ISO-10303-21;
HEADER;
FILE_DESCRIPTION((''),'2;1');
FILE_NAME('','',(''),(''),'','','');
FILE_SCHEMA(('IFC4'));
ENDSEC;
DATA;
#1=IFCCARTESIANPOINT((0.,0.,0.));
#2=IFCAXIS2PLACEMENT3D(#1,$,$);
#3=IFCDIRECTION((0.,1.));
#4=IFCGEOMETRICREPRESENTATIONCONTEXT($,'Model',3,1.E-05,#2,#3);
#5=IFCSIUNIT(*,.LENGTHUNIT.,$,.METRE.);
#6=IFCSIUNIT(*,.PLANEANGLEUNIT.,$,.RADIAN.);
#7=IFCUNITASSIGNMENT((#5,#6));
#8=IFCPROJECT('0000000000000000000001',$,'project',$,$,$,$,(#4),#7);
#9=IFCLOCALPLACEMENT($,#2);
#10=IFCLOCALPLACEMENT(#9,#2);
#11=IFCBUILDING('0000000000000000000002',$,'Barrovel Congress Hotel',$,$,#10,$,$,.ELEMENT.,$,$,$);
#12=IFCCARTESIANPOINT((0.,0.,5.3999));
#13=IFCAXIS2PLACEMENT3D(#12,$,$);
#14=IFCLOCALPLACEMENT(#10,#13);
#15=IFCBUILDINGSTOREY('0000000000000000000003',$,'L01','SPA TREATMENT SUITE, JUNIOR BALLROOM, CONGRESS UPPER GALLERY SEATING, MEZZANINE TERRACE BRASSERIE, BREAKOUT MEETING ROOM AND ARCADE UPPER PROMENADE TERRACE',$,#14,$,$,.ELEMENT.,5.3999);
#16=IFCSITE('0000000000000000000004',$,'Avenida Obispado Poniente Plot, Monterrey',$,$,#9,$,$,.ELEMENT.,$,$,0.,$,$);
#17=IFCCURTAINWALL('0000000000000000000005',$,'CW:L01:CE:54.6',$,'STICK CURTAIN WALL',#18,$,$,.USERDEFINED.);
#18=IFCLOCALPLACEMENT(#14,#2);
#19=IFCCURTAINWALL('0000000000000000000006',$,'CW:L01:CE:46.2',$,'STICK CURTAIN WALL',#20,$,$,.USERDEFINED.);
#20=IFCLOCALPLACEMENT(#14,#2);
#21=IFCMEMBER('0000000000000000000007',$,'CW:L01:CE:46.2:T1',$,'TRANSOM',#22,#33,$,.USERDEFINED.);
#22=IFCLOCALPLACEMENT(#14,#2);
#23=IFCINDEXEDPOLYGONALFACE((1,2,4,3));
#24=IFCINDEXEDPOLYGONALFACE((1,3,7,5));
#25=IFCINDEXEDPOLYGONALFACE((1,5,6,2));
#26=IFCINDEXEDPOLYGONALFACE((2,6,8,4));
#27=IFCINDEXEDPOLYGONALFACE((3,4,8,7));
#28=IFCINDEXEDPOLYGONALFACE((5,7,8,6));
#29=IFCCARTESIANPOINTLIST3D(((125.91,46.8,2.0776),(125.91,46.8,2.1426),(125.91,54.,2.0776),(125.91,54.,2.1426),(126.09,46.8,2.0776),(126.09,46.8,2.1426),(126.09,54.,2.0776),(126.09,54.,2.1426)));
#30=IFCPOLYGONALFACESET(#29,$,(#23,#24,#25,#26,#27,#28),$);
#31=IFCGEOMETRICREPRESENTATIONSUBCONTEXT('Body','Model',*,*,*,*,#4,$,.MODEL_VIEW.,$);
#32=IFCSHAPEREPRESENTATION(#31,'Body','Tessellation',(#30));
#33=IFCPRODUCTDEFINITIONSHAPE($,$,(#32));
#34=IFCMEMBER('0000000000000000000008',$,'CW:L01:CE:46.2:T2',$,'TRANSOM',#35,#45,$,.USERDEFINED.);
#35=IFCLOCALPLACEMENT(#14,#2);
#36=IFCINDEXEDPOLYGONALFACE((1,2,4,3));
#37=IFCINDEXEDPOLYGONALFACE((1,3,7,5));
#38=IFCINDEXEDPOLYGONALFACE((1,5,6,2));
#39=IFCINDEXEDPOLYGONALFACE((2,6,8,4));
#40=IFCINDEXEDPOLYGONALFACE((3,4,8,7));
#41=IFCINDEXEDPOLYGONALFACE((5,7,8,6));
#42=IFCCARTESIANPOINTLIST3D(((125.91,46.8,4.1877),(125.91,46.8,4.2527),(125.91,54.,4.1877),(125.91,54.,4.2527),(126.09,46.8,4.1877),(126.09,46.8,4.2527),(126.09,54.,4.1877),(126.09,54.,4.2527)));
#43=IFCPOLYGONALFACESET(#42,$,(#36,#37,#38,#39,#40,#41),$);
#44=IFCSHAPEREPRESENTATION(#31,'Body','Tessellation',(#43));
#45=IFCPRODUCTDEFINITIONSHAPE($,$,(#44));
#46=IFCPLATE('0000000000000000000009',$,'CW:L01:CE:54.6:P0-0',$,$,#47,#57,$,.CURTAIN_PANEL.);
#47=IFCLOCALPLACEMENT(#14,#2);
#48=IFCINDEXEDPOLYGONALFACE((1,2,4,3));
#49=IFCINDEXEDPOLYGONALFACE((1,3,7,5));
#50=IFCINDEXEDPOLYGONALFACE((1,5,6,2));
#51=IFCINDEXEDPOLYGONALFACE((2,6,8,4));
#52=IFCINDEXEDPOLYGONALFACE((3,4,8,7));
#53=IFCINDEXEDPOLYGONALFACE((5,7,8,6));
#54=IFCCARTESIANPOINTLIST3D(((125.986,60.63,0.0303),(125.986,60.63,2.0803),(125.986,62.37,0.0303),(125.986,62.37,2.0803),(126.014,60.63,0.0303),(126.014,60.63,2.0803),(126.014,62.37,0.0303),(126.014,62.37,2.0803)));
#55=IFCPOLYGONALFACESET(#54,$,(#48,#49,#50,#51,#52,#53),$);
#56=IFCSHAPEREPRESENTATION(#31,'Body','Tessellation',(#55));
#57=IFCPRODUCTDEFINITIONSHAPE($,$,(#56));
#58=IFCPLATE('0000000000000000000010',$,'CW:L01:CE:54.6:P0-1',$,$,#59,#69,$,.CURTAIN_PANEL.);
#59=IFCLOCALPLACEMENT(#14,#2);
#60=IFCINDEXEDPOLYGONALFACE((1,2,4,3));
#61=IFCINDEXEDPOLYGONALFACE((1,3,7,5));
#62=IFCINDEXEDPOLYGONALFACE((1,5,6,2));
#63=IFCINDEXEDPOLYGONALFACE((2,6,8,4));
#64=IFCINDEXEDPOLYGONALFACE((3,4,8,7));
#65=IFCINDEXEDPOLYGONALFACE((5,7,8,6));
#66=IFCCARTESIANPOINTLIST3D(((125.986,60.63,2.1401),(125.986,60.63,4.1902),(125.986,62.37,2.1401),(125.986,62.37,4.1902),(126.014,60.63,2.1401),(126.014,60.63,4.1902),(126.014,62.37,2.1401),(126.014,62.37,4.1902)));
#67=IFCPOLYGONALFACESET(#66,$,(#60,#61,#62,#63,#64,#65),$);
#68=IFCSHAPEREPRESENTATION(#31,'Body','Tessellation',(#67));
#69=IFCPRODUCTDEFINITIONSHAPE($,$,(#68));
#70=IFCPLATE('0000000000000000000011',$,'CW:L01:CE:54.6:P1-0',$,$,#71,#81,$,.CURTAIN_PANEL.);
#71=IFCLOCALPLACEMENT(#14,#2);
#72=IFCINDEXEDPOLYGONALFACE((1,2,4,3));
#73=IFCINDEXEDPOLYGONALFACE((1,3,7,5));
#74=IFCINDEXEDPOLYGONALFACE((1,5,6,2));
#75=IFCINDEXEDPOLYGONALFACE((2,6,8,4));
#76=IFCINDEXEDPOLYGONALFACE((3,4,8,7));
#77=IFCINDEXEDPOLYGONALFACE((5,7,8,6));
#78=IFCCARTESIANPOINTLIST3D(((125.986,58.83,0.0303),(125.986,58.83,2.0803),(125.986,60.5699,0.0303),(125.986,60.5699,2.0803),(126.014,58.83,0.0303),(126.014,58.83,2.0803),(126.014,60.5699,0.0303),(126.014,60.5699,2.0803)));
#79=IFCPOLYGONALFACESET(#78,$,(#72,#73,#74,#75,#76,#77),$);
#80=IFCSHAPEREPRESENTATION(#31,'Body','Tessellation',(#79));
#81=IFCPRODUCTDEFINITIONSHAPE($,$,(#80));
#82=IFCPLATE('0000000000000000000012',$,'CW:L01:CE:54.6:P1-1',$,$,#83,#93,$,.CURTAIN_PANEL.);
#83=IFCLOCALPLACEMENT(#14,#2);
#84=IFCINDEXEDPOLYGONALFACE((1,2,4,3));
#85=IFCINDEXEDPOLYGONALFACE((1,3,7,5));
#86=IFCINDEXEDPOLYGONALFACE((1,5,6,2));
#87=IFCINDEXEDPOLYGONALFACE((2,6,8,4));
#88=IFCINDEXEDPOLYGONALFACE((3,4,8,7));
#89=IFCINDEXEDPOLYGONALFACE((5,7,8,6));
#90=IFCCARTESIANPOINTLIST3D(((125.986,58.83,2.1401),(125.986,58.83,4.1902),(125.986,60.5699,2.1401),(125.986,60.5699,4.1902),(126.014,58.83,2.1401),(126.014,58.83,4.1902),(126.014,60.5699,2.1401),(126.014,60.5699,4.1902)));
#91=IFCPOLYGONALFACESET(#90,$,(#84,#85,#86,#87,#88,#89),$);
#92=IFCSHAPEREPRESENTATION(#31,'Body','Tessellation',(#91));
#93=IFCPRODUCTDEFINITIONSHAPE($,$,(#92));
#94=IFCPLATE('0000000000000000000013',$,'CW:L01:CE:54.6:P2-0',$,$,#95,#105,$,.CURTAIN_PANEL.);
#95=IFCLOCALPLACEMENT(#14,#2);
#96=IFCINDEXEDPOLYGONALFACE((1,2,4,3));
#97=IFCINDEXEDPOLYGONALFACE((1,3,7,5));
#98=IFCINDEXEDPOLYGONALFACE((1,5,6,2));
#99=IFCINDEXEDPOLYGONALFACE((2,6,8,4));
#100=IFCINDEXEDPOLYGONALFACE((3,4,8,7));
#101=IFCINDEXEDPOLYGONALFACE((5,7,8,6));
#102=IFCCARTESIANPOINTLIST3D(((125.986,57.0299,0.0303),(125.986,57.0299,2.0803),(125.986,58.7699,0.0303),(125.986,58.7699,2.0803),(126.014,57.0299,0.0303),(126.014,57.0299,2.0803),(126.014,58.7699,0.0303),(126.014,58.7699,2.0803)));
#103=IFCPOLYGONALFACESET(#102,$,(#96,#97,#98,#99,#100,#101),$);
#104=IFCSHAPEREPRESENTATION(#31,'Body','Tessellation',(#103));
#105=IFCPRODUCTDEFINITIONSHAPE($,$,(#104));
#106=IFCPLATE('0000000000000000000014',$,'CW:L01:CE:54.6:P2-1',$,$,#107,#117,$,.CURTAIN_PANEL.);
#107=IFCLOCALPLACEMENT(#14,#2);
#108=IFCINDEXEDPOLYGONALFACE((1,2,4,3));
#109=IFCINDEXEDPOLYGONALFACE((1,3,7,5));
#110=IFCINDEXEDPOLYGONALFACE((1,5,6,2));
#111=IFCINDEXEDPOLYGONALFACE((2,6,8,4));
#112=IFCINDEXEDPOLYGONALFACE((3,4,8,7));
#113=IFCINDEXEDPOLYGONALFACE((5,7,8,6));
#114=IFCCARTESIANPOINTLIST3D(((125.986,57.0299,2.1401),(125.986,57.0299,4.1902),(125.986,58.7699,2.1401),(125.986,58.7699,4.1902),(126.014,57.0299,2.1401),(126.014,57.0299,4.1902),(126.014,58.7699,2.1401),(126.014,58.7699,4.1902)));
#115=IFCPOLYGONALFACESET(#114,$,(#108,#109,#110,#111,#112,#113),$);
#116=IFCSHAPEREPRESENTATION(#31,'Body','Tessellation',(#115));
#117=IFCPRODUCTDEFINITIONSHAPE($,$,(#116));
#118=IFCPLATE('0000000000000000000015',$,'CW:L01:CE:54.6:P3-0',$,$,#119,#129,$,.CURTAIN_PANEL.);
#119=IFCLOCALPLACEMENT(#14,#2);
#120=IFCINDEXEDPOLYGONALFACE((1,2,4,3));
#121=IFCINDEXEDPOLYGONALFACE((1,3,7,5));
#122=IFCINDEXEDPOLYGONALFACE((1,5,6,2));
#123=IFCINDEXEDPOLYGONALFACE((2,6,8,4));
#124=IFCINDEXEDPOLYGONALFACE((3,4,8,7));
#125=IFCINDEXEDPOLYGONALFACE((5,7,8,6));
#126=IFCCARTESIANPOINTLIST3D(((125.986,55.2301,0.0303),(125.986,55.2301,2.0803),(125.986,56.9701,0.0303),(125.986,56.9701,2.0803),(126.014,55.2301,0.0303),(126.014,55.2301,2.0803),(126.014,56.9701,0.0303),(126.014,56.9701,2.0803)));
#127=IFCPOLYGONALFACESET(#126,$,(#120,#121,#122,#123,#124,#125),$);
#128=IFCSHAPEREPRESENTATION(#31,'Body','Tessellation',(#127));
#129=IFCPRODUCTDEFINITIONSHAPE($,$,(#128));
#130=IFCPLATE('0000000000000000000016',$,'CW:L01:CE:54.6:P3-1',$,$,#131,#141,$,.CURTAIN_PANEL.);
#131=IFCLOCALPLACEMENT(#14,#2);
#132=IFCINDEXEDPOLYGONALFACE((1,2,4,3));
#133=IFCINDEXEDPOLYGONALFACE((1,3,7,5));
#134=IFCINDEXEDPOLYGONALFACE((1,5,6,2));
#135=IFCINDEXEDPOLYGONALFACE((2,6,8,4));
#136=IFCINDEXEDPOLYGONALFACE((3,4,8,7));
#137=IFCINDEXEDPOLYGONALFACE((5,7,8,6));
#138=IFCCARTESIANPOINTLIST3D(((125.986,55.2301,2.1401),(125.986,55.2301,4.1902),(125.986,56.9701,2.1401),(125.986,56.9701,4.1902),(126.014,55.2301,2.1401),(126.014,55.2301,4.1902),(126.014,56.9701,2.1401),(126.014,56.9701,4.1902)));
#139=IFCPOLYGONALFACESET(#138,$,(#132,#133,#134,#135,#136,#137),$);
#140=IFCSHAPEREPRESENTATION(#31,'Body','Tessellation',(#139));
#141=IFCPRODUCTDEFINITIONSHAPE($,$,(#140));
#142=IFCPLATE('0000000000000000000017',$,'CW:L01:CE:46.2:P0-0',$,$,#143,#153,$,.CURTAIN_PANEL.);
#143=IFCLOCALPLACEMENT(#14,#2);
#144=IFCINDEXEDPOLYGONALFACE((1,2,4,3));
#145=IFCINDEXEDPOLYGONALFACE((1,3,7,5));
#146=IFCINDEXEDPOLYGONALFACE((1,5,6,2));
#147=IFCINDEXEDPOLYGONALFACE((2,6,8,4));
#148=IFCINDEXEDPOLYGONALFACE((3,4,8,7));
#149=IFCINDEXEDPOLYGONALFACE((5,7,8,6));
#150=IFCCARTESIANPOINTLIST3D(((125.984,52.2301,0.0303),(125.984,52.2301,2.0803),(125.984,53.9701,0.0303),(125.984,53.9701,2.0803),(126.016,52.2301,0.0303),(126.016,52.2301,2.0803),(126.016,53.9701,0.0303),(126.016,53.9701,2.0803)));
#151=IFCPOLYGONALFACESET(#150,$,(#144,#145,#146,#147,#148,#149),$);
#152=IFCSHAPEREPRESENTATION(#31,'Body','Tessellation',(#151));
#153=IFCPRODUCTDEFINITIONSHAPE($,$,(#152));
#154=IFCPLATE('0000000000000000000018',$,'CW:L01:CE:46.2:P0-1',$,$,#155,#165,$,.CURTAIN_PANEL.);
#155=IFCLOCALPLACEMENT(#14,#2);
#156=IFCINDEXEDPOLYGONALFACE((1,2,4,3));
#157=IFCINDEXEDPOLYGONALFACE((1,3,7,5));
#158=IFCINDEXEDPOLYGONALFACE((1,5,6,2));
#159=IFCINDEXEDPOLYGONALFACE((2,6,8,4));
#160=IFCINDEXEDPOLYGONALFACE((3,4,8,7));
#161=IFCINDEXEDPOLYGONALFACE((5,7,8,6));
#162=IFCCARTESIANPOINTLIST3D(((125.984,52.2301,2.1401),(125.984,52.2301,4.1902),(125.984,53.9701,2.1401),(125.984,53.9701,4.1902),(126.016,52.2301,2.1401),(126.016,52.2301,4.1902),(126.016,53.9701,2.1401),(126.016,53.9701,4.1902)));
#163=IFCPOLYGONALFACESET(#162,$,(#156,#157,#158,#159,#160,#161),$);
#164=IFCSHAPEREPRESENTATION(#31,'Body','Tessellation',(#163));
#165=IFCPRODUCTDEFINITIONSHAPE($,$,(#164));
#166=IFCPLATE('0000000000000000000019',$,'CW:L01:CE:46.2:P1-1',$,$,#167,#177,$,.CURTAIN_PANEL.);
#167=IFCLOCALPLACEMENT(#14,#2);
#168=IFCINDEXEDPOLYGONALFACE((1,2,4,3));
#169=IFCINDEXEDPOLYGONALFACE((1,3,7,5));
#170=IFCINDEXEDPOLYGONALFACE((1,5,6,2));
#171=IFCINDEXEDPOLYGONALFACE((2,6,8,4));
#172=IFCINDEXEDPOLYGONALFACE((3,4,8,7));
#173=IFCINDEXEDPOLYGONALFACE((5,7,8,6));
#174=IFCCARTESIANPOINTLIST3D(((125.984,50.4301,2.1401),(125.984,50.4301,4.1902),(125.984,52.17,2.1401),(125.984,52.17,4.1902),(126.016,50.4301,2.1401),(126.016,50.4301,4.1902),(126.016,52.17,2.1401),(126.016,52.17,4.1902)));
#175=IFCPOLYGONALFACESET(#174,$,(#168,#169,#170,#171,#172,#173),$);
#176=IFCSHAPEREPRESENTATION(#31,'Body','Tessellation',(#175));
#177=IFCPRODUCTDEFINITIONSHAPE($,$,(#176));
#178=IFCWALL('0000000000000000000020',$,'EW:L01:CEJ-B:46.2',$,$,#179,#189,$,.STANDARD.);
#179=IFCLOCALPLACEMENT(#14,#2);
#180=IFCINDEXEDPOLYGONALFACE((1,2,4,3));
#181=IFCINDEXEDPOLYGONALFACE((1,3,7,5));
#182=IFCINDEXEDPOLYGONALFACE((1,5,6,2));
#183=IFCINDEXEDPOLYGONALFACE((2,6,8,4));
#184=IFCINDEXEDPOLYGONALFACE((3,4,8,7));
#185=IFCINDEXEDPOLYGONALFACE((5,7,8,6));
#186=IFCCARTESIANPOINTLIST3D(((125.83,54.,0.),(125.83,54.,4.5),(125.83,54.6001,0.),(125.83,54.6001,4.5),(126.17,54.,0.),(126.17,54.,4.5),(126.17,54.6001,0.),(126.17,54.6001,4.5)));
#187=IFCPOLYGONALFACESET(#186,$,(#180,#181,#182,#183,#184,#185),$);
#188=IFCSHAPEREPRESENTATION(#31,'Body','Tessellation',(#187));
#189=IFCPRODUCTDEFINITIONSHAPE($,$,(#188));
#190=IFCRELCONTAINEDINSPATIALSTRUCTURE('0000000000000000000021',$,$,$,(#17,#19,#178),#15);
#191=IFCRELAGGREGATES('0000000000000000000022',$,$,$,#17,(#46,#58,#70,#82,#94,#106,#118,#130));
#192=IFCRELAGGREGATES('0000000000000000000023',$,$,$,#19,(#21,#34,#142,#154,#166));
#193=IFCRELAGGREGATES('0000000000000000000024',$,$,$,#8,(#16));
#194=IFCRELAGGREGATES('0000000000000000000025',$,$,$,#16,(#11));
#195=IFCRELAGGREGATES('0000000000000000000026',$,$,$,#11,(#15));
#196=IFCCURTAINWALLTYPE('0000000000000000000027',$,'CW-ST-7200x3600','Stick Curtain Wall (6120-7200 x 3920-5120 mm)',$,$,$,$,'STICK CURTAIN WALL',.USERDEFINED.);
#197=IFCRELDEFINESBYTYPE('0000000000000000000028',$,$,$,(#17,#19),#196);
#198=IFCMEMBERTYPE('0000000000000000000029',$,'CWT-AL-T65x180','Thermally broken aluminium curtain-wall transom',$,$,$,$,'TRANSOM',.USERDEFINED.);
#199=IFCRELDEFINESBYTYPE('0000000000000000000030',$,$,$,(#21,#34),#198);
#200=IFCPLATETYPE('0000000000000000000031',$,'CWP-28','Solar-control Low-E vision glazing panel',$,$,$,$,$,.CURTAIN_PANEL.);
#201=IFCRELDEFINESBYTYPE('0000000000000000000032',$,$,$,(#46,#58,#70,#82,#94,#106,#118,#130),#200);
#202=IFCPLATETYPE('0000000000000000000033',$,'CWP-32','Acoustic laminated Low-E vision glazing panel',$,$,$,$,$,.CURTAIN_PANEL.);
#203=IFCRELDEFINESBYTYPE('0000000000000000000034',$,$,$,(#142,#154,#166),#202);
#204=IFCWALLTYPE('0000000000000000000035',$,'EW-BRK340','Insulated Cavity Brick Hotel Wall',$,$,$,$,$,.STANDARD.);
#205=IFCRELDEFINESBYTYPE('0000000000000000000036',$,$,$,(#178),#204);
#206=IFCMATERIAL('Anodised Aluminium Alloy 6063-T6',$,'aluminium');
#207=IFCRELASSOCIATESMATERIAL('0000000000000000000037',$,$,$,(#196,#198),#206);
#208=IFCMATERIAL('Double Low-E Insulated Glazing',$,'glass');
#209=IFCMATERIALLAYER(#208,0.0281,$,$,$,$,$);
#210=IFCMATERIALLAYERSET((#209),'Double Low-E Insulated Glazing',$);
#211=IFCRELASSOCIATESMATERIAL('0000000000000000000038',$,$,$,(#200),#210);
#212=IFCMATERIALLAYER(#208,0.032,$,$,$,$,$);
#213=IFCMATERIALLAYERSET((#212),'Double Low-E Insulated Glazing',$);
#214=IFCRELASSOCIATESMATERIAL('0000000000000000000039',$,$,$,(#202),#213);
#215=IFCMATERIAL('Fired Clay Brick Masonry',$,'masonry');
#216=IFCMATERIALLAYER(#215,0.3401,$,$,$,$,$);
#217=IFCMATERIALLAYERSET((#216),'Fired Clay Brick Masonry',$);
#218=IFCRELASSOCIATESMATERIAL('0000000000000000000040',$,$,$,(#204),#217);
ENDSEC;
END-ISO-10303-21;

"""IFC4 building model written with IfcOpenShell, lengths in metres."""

from ifc_helpers import new_model, si_unit, direction, frame, frame_2d, origin, origin_2d, place, context, subcontext, project, spatial, rectangle, extrude, material, layer, layer_set, material_profile, profile_set, type_object, element, aggregate, save


model = new_model("IFC4")

# Units and contexts
model_context = context("Model", 3, precision=1e-05, world=origin(), true_north=direction((0.0, 1.0)))
body_context = subcontext(model_context, "Body", "Model", "MODEL_VIEW")
ifc_project = project(units=[si_unit("LENGTHUNIT", "METRE"), si_unit("PLANEANGLEUNIT", "RADIAN")], contexts=[model_context])

# Site, building, storey
site_placement = place(None, origin())
site = spatial("IfcSite", under=ifc_project, at=site_placement, Name="Avenida Obispado Poniente Plot, Monterrey", CompositionType="ELEMENT", RefElevation=0.0)
building_placement = place(site_placement, origin())
building = spatial("IfcBuilding", under=site, at=building_placement, Name="Barrovel Congress Hotel", CompositionType="ELEMENT")
storey_placement = place(building_placement, frame((0.0, 0.0, 5.3999)))
storey = spatial("IfcBuildingStorey", under=building, at=storey_placement, Name="L01", Description="SPA TREATMENT SUITE, JUNIOR BALLROOM, CONGRESS UPPER GALLERY SEATING, MEZZANINE TERRACE BRASSERIE, BREAKOUT MEETING ROOM AND ARCADE UPPER PROMENADE TERRACE", CompositionType="ELEMENT", Elevation=5.3999)

# Curtain walls
ifc_material_1 = material(Name="Anodised Aluminium Alloy 6063-T6", Category="aluminium")
curtain_wall_type = type_object("IfcCurtainWallType", Name="CW-ST-7200x3600", Description="Stick Curtain Wall (6120-7200 x 3920-5120 mm)", ElementType="STICK CURTAIN WALL", PredefinedType="USERDEFINED", material=ifc_material_1)
curtain_wall_1_placement = place(storey_placement, origin())
curtain_wall_1 = element("IfcCurtainWall", 1, at=curtain_wall_1_placement, inside=storey, type_object=curtain_wall_type, Name="CW:L01:CE:54.6", ObjectType="STICK CURTAIN WALL", PredefinedType="USERDEFINED")
curtain_wall_2_placement = place(storey_placement, origin())
curtain_wall_2 = element("IfcCurtainWall", 2, at=curtain_wall_2_placement, inside=storey, type_object=curtain_wall_type, Name="CW:L01:CE:46.2", ObjectType="STICK CURTAIN WALL", PredefinedType="USERDEFINED")

# Members
ifc_material_profile_1 = material_profile(ifc_material_1, rectangle(XDim=0.1799, YDim=0.0649, at=origin_2d()), Name="AL-T65x180")
ifc_profile_set_1 = profile_set([ifc_material_profile_1], Name="Anodised Aluminium Alloy 6063-T6")
member_type_1 = type_object("IfcMemberType", Name="CWT-AL-T65x180", Description="Thermally broken aluminium curtain-wall transom", ElementType="TRANSOM", PredefinedType="USERDEFINED", material=ifc_profile_set_1)
member_1_placement = place(storey_placement, frame((126.0, 54.0, 2.1101), z_axis=(0.0, -1.0, 0.0), x_axis=(1.0, 0.0, 0.0)))
member_1 = element("IfcMember", 3, at=member_1_placement, type_object=member_type_1, Name="CW:L01:CE:46.2:T1", ObjectType="TRANSOM", PredefinedType="USERDEFINED", context=body_context, shape_type="SweptSolid", body=[
    extrude(rectangle(XDim=0.1799, YDim=0.0649, at=origin_2d()), origin(), (0.0, 0.0, 1.0), 7.2),
])
member_2_placement = place(storey_placement, frame((126.0, 54.0, 4.2202), z_axis=(0.0, -1.0, 0.0), x_axis=(1.0, 0.0, 0.0)))
member_2 = element("IfcMember", 4, at=member_2_placement, type_object=member_type_1, Name="CW:L01:CE:46.2:T2", ObjectType="TRANSOM", PredefinedType="USERDEFINED", context=body_context, shape_type="SweptSolid", body=[
    extrude(rectangle(XDim=0.1799, YDim=0.0649, at=origin_2d()), origin(), (0.0, 0.0, 1.0), 7.2),
])

# Plates
ifc_material_2 = material(Name="Double Low-E Insulated Glazing", Category="glass")
ifc_layer_1 = layer(ifc_material_2, 0.0281)
ifc_layer_set_1 = layer_set([ifc_layer_1], Name="Double Low-E Insulated Glazing")
plate_type_1 = type_object("IfcPlateType", Name="CWP-28", Description="Solar-control Low-E vision glazing panel", PredefinedType="CURTAIN_PANEL", material=ifc_layer_set_1)
plate_1_placement = place(storey_placement, frame((126.0, 61.5, 0.0303), z_axis=(0.0, 0.0, 1.0), x_axis=(0.0, -1.0, 0.0)))
plate_1 = element("IfcPlate", 5, at=plate_1_placement, type_object=plate_type_1, Name="CW:L01:CE:54.6:P0-0", PredefinedType="CURTAIN_PANEL", context=body_context, shape_type="SweptSolid", body=[
    extrude(rectangle(XDim=1.74, YDim=0.0281, at=origin_2d()), origin(), (0.0, 0.0, 1.0), 2.05),
])
plate_2_placement = place(storey_placement, frame((126.0, 61.5, 2.1401), z_axis=(0.0, 0.0, 1.0), x_axis=(0.0, -1.0, 0.0)))
plate_2 = element("IfcPlate", 6, at=plate_2_placement, type_object=plate_type_1, Name="CW:L01:CE:54.6:P0-1", PredefinedType="CURTAIN_PANEL", context=body_context, shape_type="SweptSolid", body=[
    extrude(rectangle(XDim=1.74, YDim=0.0281, at=origin_2d()), origin(), (0.0, 0.0, 1.0), 2.05),
])
plate_3_placement = place(storey_placement, frame((126.0, 59.7, 0.0303), z_axis=(0.0, 0.0, 1.0), x_axis=(0.0, -1.0, 0.0)))
plate_3 = element("IfcPlate", 7, at=plate_3_placement, type_object=plate_type_1, Name="CW:L01:CE:54.6:P1-0", PredefinedType="CURTAIN_PANEL", context=body_context, shape_type="SweptSolid", body=[
    extrude(rectangle(XDim=1.74, YDim=0.0281, at=origin_2d()), origin(), (0.0, 0.0, 1.0), 2.05),
])
plate_4_placement = place(storey_placement, frame((126.0, 59.7, 2.1401), z_axis=(0.0, 0.0, 1.0), x_axis=(0.0, -1.0, 0.0)))
plate_4 = element("IfcPlate", 8, at=plate_4_placement, type_object=plate_type_1, Name="CW:L01:CE:54.6:P1-1", PredefinedType="CURTAIN_PANEL", context=body_context, shape_type="SweptSolid", body=[
    extrude(rectangle(XDim=1.74, YDim=0.0281, at=origin_2d()), origin(), (0.0, 0.0, 1.0), 2.05),
])
plate_5_placement = place(storey_placement, frame((126.0, 57.8999, 0.0303), z_axis=(0.0, 0.0, 1.0), x_axis=(0.0, -1.0, 0.0)))
plate_5 = element("IfcPlate", 9, at=plate_5_placement, type_object=plate_type_1, Name="CW:L01:CE:54.6:P2-0", PredefinedType="CURTAIN_PANEL", context=body_context, shape_type="SweptSolid", body=[
    extrude(rectangle(XDim=1.74, YDim=0.0281, at=origin_2d()), origin(), (0.0, 0.0, 1.0), 2.05),
])
plate_6_placement = place(storey_placement, frame((126.0, 57.8999, 2.1401), z_axis=(0.0, 0.0, 1.0), x_axis=(0.0, -1.0, 0.0)))
plate_6 = element("IfcPlate", 10, at=plate_6_placement, type_object=plate_type_1, Name="CW:L01:CE:54.6:P2-1", PredefinedType="CURTAIN_PANEL", context=body_context, shape_type="SweptSolid", body=[
    extrude(rectangle(XDim=1.74, YDim=0.0281, at=origin_2d()), origin(), (0.0, 0.0, 1.0), 2.05),
])
plate_7_placement = place(storey_placement, frame((126.0, 56.1001, 0.0303), z_axis=(0.0, 0.0, 1.0), x_axis=(0.0, -1.0, 0.0)))
plate_7 = element("IfcPlate", 11, at=plate_7_placement, type_object=plate_type_1, Name="CW:L01:CE:54.6:P3-0", PredefinedType="CURTAIN_PANEL", context=body_context, shape_type="SweptSolid", body=[
    extrude(rectangle(XDim=1.74, YDim=0.0281, at=origin_2d()), origin(), (0.0, 0.0, 1.0), 2.05),
])
plate_8_placement = place(storey_placement, frame((126.0, 56.1001, 2.1401), z_axis=(0.0, 0.0, 1.0), x_axis=(0.0, -1.0, 0.0)))
plate_8 = element("IfcPlate", 12, at=plate_8_placement, type_object=plate_type_1, Name="CW:L01:CE:54.6:P3-1", PredefinedType="CURTAIN_PANEL", context=body_context, shape_type="SweptSolid", body=[
    extrude(rectangle(XDim=1.74, YDim=0.0281, at=origin_2d()), origin(), (0.0, 0.0, 1.0), 2.05),
])
aggregate(curtain_wall_1, [plate_1, plate_2, plate_3, plate_4, plate_5, plate_6, plate_7, plate_8])
ifc_layer_2 = layer(ifc_material_2, 0.032)
ifc_layer_set_2 = layer_set([ifc_layer_2], Name="Double Low-E Insulated Glazing")
plate_type_2 = type_object("IfcPlateType", Name="CWP-32", Description="Acoustic laminated Low-E vision glazing panel", PredefinedType="CURTAIN_PANEL", material=ifc_layer_set_2)
plate_9_placement = place(storey_placement, frame((126.0, 53.1001, 0.0303), z_axis=(0.0, 0.0, 1.0), x_axis=(0.0, -1.0, 0.0)))
plate_9 = element("IfcPlate", 13, at=plate_9_placement, type_object=plate_type_2, Name="CW:L01:CE:46.2:P0-0", PredefinedType="CURTAIN_PANEL", context=body_context, shape_type="SweptSolid", body=[
    extrude(rectangle(XDim=1.74, YDim=0.032, at=origin_2d()), origin(), (0.0, 0.0, 1.0), 2.05),
])
plate_10_placement = place(storey_placement, frame((126.0, 53.1001, 2.1401), z_axis=(0.0, 0.0, 1.0), x_axis=(0.0, -1.0, 0.0)))
plate_10 = element("IfcPlate", 14, at=plate_10_placement, type_object=plate_type_2, Name="CW:L01:CE:46.2:P0-1", PredefinedType="CURTAIN_PANEL", context=body_context, shape_type="SweptSolid", body=[
    extrude(rectangle(XDim=1.74, YDim=0.032, at=origin_2d()), origin(), (0.0, 0.0, 1.0), 2.05),
])
plate_11_placement = place(storey_placement, frame((126.0, 51.3, 2.1401), z_axis=(0.0, 0.0, 1.0), x_axis=(0.0, -1.0, 0.0)))
plate_11 = element("IfcPlate", 15, at=plate_11_placement, type_object=plate_type_2, Name="CW:L01:CE:46.2:P1-1", PredefinedType="CURTAIN_PANEL", context=body_context, shape_type="SweptSolid", body=[
    extrude(rectangle(XDim=1.74, YDim=0.032, at=origin_2d()), origin(), (0.0, 0.0, 1.0), 2.05),
])
aggregate(curtain_wall_2, [member_1, member_2, plate_9, plate_10, plate_11])

# Wall
ifc_material_3 = material(Name="Fired Clay Brick Masonry", Category="masonry")
ifc_layer_3 = layer(ifc_material_3, 0.3401)
ifc_layer_set_3 = layer_set([ifc_layer_3], Name="Fired Clay Brick Masonry")
wall_type = type_object("IfcWallType", Name="EW-BRK340", Description="Insulated Cavity Brick Hotel Wall", PredefinedType="STANDARD", material=ifc_layer_set_3)
wall_1_placement = place(storey_placement, frame((126.0, 54.6001, 0.0), z_axis=(0.0, 0.0, 1.0), x_axis=(0.0, -1.0, 0.0)))
element("IfcWall", 16, at=wall_1_placement, inside=storey, type_object=wall_type, Name="EW:L01:CEJ-B:46.2", PredefinedType="STANDARD", context=body_context, shape_type="SweptSolid", body=[
    extrude(rectangle(XDim=0.6001, YDim=0.3401, at=frame_2d((0.3, 0.0))), origin(), (0.0, 0.0, 1.0), 4.5),
])

save(model, "model.ifc")
